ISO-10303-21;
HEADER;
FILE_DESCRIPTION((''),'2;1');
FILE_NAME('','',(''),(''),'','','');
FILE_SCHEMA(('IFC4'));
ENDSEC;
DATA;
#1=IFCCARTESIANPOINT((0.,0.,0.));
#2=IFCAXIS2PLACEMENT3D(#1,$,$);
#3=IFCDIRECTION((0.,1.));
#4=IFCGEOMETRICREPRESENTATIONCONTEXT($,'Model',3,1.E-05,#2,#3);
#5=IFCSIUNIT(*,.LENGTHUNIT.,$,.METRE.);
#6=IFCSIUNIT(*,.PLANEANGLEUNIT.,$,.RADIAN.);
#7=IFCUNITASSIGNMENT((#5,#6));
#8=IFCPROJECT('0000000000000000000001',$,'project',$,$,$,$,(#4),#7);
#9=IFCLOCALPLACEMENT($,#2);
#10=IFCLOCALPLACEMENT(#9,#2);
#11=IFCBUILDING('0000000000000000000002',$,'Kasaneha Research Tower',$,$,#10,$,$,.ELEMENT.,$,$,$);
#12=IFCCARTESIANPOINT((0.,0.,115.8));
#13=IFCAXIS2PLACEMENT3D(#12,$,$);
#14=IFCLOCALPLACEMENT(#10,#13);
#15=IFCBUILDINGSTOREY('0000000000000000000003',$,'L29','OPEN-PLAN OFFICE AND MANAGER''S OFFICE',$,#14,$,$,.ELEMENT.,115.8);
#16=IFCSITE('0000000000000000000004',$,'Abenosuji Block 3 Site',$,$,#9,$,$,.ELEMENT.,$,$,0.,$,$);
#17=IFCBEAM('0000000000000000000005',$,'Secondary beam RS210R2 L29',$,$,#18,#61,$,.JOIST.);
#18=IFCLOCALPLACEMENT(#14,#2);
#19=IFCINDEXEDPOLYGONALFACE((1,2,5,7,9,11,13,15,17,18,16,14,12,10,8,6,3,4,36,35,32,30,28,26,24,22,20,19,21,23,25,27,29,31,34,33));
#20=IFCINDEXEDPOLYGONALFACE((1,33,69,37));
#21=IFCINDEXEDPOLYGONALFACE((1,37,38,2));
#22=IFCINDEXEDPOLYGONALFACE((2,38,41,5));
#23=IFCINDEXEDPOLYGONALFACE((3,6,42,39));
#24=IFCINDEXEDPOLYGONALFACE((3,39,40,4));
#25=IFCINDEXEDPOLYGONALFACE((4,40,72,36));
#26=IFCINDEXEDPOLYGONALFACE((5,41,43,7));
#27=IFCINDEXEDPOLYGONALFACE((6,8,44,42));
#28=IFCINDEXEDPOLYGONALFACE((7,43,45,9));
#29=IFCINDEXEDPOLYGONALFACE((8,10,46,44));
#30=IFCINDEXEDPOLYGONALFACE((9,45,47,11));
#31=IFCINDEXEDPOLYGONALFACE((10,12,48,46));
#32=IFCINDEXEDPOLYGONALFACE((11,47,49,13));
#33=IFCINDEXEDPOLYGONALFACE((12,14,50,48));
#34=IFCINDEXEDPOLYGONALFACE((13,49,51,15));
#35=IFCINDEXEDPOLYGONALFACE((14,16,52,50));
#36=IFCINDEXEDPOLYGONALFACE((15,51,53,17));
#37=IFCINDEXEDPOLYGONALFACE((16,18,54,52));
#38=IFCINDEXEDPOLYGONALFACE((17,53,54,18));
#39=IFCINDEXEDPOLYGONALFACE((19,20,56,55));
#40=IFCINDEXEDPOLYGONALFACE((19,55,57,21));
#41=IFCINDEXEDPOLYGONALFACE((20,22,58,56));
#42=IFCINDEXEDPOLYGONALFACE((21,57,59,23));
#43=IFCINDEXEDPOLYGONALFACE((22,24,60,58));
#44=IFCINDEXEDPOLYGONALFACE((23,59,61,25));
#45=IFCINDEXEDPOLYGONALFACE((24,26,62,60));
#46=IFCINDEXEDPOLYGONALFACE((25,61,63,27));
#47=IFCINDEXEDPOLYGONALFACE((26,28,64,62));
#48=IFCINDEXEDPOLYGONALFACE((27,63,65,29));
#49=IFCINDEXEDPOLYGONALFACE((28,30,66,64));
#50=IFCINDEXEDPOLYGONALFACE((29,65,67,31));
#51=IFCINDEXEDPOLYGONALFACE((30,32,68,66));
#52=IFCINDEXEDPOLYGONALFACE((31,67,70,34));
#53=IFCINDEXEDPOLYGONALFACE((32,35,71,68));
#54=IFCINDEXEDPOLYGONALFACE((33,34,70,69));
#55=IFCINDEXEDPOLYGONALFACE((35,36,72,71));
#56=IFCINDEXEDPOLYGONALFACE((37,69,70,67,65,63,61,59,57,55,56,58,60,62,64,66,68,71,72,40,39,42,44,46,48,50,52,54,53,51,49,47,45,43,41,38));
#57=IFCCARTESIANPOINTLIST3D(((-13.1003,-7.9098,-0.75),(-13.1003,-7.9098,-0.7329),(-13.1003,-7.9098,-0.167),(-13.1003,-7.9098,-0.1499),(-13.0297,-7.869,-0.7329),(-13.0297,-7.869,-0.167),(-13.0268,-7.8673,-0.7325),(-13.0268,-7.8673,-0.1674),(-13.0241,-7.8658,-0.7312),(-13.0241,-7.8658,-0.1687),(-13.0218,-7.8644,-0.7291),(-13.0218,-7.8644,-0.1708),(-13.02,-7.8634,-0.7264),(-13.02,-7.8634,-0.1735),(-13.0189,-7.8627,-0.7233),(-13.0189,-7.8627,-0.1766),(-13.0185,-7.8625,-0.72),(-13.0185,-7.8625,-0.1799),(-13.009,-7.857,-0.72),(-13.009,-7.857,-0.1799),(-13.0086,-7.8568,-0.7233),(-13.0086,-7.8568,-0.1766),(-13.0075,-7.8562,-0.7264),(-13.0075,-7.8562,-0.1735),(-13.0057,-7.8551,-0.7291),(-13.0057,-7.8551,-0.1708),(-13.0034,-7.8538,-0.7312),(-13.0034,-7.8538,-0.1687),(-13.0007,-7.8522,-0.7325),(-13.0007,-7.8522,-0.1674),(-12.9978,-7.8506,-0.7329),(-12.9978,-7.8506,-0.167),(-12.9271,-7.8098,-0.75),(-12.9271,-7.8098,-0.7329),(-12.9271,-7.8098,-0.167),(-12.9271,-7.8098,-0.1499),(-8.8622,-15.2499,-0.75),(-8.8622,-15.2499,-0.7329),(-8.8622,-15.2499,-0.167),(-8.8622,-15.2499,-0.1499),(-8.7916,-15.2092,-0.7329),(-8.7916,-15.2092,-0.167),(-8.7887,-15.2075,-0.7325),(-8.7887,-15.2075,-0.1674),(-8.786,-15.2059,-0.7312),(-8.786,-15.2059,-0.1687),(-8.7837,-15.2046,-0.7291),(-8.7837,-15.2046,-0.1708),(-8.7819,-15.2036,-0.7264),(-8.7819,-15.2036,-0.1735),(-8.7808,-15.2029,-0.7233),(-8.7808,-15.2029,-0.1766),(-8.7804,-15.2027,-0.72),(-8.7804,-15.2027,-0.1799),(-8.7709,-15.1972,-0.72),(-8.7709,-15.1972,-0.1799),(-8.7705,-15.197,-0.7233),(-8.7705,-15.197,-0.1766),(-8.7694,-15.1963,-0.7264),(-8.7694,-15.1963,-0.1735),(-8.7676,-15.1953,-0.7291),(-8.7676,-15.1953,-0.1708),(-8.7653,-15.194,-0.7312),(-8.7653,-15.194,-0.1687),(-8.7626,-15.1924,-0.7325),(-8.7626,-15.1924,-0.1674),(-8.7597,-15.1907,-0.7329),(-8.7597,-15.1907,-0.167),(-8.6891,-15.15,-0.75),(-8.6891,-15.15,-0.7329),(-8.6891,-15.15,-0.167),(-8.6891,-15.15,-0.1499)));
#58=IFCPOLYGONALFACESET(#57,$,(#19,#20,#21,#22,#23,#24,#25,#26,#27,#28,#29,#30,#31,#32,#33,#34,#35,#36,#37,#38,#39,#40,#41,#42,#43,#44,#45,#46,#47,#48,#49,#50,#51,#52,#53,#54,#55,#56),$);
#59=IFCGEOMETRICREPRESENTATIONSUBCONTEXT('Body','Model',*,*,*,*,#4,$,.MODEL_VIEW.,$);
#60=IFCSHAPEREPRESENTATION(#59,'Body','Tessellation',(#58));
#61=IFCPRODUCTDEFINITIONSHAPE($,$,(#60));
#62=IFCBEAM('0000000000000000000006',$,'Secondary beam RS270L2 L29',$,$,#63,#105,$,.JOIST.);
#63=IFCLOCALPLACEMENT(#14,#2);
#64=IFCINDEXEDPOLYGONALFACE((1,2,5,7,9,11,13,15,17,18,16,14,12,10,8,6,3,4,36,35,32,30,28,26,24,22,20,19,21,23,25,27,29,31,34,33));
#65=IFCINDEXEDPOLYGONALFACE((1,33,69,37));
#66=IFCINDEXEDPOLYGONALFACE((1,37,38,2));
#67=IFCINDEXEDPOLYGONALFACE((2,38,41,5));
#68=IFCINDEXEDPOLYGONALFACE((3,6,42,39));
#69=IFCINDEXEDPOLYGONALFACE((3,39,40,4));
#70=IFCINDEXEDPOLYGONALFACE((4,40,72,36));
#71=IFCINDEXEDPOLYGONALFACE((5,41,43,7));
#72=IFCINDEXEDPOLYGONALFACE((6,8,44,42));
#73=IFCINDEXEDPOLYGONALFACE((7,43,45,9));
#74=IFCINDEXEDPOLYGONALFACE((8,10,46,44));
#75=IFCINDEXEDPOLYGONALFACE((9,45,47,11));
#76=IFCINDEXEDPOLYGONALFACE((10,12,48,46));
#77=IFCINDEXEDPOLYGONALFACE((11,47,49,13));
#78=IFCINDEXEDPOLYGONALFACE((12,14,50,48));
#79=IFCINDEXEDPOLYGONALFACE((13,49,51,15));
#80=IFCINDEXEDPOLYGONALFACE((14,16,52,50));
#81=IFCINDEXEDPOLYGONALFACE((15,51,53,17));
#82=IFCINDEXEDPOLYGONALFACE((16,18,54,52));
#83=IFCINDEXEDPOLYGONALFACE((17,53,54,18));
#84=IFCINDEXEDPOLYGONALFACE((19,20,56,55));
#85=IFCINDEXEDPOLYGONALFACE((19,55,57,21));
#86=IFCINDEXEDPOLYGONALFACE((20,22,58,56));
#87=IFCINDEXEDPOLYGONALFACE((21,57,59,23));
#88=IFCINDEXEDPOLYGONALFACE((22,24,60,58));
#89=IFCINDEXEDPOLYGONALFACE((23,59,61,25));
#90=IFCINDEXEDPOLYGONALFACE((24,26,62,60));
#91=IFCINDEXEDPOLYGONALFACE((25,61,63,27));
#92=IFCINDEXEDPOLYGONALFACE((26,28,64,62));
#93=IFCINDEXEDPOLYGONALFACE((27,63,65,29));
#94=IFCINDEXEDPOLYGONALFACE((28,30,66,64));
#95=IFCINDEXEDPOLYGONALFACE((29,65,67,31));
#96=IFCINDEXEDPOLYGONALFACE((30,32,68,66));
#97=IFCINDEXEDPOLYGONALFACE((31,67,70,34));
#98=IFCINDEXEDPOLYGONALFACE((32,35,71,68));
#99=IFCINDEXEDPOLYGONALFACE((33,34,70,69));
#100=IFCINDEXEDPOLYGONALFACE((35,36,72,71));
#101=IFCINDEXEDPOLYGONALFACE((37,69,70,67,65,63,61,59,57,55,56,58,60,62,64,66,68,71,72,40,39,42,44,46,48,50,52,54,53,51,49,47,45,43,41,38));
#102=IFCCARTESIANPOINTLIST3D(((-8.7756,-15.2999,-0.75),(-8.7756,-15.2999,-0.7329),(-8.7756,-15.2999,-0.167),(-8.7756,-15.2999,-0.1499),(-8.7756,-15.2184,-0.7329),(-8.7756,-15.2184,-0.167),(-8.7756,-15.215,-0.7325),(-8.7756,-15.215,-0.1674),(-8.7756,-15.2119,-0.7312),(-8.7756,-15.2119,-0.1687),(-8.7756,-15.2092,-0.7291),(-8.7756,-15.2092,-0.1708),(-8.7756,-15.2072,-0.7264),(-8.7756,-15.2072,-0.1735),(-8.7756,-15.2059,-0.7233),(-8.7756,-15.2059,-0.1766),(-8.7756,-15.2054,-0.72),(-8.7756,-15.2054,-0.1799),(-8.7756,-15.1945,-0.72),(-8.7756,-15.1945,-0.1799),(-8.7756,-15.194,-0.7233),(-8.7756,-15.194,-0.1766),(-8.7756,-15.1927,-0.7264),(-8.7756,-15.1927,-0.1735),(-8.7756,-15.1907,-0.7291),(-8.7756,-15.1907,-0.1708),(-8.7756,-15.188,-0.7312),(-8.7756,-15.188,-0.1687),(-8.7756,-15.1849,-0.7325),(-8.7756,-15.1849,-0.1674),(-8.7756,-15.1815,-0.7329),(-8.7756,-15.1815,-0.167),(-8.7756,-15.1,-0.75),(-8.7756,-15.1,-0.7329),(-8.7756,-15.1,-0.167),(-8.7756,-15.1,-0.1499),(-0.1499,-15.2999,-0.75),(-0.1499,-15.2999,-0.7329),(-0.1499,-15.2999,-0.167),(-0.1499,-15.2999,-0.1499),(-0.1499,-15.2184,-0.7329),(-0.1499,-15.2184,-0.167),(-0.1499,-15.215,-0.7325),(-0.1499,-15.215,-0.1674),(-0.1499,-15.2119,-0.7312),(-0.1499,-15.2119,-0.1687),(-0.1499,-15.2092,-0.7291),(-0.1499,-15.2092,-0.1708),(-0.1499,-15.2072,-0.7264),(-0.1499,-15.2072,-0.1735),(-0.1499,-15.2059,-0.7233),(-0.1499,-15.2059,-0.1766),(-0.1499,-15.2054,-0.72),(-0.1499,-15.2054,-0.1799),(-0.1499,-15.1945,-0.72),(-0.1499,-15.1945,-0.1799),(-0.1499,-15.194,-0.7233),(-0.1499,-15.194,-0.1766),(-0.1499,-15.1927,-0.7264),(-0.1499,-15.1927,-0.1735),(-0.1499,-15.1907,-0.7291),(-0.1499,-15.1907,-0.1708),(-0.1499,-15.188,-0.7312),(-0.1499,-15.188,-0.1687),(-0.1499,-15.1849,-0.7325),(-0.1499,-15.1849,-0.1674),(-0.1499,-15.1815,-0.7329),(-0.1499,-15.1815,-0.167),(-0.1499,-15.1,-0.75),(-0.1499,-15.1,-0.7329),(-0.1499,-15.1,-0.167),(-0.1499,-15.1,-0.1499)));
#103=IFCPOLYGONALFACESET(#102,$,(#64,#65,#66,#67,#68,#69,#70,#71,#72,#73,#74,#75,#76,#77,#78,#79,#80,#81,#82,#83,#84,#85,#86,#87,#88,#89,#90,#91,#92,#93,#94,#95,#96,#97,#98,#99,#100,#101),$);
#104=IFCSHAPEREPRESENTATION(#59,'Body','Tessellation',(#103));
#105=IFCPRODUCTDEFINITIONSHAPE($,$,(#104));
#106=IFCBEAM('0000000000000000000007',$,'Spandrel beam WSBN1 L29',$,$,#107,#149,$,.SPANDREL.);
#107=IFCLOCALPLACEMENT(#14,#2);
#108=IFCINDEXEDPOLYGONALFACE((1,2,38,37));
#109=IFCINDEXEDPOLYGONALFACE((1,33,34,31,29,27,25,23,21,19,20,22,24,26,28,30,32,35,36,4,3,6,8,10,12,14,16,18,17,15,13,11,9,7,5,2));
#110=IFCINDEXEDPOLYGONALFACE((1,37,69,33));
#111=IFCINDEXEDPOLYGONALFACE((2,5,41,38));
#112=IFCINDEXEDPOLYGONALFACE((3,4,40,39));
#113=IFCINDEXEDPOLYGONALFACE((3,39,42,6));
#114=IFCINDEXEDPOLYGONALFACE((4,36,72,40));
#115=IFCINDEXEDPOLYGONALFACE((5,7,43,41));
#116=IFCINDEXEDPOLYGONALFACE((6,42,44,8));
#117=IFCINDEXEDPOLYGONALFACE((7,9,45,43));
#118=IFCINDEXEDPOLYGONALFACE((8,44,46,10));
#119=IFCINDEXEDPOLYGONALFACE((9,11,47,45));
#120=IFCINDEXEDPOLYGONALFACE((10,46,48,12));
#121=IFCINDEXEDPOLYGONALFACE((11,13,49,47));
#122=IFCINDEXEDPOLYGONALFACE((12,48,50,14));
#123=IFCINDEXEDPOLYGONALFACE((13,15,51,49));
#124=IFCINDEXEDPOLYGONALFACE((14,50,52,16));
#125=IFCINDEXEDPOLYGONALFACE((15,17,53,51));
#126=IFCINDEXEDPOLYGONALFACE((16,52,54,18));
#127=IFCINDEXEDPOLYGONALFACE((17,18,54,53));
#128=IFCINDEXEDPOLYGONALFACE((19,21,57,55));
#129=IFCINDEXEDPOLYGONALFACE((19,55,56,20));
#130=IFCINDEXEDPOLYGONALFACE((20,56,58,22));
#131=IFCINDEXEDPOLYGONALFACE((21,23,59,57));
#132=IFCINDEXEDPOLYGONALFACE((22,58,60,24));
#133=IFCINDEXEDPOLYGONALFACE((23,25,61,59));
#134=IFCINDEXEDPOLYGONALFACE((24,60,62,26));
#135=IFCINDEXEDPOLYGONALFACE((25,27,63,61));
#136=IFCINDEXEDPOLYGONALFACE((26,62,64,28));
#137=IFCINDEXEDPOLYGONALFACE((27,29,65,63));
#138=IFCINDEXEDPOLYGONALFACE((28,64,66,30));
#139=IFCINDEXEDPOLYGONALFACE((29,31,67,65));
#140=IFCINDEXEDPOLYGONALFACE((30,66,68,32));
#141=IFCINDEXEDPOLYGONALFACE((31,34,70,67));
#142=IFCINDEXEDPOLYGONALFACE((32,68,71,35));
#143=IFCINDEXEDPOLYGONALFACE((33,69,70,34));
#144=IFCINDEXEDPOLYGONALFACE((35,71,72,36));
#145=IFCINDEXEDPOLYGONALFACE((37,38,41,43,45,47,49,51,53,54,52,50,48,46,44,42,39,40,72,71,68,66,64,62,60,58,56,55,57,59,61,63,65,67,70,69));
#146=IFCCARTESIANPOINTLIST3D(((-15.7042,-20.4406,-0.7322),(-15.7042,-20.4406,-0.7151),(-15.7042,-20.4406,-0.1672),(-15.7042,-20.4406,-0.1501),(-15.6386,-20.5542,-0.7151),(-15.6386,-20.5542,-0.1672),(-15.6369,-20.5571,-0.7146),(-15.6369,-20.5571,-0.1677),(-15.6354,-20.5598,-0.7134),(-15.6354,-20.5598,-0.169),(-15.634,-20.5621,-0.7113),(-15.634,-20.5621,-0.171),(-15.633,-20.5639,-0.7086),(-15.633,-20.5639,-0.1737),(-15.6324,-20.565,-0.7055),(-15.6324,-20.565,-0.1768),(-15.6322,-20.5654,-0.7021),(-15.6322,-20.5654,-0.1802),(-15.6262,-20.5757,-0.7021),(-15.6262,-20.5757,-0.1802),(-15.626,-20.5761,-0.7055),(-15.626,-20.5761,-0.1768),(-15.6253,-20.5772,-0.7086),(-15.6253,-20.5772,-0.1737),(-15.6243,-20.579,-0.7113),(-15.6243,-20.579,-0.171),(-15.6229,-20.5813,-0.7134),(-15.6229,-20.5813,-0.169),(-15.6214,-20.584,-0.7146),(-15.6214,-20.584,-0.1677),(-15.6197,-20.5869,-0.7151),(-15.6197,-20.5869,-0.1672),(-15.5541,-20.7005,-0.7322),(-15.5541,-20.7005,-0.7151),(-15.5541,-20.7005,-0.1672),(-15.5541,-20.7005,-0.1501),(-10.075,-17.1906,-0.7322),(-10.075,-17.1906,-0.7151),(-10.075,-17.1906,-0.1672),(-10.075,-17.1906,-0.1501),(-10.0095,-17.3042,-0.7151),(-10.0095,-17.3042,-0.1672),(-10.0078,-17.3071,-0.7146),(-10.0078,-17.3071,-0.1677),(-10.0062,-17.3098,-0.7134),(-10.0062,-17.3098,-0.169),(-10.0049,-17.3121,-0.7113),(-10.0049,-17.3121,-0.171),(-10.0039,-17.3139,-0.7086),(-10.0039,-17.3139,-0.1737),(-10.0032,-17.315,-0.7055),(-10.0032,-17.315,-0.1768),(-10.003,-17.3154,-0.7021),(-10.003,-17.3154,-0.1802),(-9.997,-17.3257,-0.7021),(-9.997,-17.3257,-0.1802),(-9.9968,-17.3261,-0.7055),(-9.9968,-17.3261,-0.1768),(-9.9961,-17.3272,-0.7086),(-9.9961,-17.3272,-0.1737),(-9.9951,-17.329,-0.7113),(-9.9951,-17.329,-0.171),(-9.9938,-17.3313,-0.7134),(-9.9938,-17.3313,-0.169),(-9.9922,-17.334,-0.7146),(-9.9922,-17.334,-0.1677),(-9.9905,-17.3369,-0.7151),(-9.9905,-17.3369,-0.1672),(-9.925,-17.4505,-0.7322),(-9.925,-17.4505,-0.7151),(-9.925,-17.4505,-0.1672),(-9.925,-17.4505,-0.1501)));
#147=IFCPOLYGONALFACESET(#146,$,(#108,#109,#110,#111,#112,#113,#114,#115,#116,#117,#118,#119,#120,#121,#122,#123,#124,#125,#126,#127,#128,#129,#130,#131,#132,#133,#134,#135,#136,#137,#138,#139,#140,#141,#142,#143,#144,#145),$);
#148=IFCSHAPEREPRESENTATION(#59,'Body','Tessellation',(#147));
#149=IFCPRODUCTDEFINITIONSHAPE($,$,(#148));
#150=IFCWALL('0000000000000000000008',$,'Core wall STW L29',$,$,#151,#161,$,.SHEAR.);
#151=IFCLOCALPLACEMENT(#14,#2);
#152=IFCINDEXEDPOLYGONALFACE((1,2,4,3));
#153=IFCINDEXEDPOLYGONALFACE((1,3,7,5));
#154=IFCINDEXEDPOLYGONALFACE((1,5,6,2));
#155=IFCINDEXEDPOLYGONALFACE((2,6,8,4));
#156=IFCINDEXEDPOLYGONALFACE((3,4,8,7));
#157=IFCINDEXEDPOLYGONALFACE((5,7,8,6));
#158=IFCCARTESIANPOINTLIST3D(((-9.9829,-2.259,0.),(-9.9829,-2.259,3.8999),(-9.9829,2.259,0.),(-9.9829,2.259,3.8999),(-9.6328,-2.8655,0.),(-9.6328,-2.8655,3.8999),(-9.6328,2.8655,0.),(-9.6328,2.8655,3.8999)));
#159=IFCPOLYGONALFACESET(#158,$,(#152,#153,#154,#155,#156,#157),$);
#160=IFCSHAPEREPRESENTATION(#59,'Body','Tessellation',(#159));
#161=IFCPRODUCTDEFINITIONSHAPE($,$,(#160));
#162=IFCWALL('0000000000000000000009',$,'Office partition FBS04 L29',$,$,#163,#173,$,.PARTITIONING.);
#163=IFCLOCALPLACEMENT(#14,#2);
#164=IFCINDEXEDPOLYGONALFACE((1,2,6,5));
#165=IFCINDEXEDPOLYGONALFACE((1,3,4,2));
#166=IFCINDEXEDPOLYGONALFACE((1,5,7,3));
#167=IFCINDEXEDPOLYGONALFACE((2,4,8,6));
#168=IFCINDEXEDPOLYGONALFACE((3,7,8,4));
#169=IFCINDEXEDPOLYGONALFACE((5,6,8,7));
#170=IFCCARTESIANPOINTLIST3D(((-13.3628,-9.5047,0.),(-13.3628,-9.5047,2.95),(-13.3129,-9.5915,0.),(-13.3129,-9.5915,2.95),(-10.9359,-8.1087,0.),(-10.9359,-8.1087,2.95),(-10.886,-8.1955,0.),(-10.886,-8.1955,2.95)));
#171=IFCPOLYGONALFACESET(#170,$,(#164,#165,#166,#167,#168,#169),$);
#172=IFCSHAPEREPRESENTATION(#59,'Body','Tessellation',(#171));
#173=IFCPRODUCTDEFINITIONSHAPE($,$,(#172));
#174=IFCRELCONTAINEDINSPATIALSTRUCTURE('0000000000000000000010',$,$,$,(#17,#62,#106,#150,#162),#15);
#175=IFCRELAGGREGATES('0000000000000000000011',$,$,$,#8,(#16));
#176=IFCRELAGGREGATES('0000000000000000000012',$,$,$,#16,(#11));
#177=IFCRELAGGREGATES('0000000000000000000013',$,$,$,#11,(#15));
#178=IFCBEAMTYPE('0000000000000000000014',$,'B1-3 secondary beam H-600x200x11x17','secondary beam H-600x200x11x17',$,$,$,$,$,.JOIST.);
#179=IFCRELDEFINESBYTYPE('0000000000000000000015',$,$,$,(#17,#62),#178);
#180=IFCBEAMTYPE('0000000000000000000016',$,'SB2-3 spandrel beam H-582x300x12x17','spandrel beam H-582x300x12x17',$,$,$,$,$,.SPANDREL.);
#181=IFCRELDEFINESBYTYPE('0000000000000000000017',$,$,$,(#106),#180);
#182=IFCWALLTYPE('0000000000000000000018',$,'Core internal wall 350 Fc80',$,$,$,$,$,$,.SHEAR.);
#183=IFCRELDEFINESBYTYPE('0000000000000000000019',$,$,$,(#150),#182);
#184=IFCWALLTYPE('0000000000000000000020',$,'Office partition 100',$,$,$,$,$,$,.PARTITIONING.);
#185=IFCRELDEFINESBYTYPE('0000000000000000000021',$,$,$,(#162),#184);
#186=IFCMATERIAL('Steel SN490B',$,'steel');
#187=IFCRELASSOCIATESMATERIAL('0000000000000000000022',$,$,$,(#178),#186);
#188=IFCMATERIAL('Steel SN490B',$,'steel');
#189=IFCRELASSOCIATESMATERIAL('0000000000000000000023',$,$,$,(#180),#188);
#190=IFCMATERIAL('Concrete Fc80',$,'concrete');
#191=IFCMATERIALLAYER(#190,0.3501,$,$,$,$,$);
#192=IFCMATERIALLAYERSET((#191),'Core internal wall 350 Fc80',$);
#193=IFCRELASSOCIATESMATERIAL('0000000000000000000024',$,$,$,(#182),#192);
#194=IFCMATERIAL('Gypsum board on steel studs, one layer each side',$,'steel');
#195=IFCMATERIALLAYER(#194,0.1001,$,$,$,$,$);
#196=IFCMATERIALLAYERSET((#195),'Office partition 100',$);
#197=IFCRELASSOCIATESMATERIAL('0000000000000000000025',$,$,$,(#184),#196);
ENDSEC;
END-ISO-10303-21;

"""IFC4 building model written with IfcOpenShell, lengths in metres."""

from ifc_helpers import new_model, si_unit, direction, frame, frame_2d, origin, origin_2d, place, context, subcontext, project, spatial, polyline, rectangle, i_section, outline, extrude, material, layer, layer_set, material_profile, profile_set, type_object, element, save


model = new_model("IFC4")

# Units and contexts
model_context = context("Model", 3, precision=1e-05, world=origin(), true_north=direction((0.0, 1.0)))
body_context = subcontext(model_context, "Body", "Model", "MODEL_VIEW")
ifc_project = project(units=[si_unit("LENGTHUNIT", "METRE"), si_unit("PLANEANGLEUNIT", "RADIAN")], contexts=[model_context])

# Site, building, storey
site_placement = place(None, origin())
site = spatial("IfcSite", under=ifc_project, at=site_placement, Name="Abenosuji Block 3 Site", CompositionType="ELEMENT", RefElevation=0.0)
building_placement = place(site_placement, origin())
building = spatial("IfcBuilding", under=site, at=building_placement, Name="Kasaneha Research Tower", CompositionType="ELEMENT")
storey_placement = place(building_placement, frame((0.0, 0.0, 115.8)))
storey = spatial("IfcBuildingStorey", under=building, at=storey_placement, Name="L29", Description="OPEN-PLAN OFFICE AND MANAGER'S OFFICE", CompositionType="ELEMENT", Elevation=115.8)

# Beams
ifc_material_1 = material(Name="Steel SN490B", Category="steel")
ifc_material_profile_1 = material_profile(ifc_material_1, i_section(OverallWidth=0.2, OverallDepth=0.6001, WebThickness=0.011, FlangeThickness=0.0171, FilletRadius=0.0129, at=origin_2d()), Name="H-600x200x11x17")
ifc_profile_set_1 = profile_set([ifc_material_profile_1], Name="Steel SN490B")
beam_type_1 = type_object("IfcBeamType", Name="B1-3 secondary beam H-600x200x11x17", Description="secondary beam H-600x200x11x17", PredefinedType="JOIST", material=ifc_profile_set_1)
beam_1_placement = place(storey_placement, frame((-8.7756, -15.2, -0.45), z_axis=(-0.500021, 0.866013, 0.0), x_axis=(-0.866013, -0.500021, 0.0)))
element("IfcBeam", 1, at=beam_1_placement, inside=storey, type_object=beam_type_1, Name="Secondary beam RS210R2 L29", PredefinedType="JOIST", context=body_context, shape_type="SweptSolid", body=[
    extrude(i_section(OverallWidth=0.2, OverallDepth=0.6001, WebThickness=0.011, FlangeThickness=0.0171, FilletRadius=0.0129, at=origin_2d()), origin(), (0.0, 0.0, 1.0), 8.4758),
])
beam_2_placement = place(storey_placement, frame((-8.7756, -15.2, -0.45), z_axis=(1.0, 0.0, 0.0), x_axis=(0.0, 1.0, 0.0)))
element("IfcBeam", 2, at=beam_2_placement, inside=storey, type_object=beam_type_1, Name="Secondary beam RS270L2 L29", PredefinedType="JOIST", context=body_context, shape_type="SweptSolid", body=[
    extrude(i_section(OverallWidth=0.2, OverallDepth=0.6001, WebThickness=0.011, FlangeThickness=0.0171, FilletRadius=0.0129, at=origin_2d()), origin(), (0.0, 0.0, 1.0), 8.6257),
])
ifc_material_2 = material(Name="Steel SN490B", Category="steel")
ifc_material_profile_2 = material_profile(ifc_material_2, i_section(OverallWidth=0.3, OverallDepth=0.582, WebThickness=0.012, FlangeThickness=0.0171, FilletRadius=0.0129, at=origin_2d()), Name="H-582x300x12x17")
ifc_profile_set_2 = profile_set([ifc_material_profile_2], Name="Steel SN490B")
beam_type_2 = type_object("IfcBeamType", Name="SB2-3 spandrel beam H-582x300x12x17", Description="spandrel beam H-582x300x12x17", PredefinedType="SPANDREL", material=ifc_profile_set_2)
beam_3_placement = place(storey_placement, frame((-10.0, -17.3206, -0.4412), z_axis=(-0.866025, -0.500001, 0.0), x_axis=(0.500001, -0.866025, 0.0)))
element("IfcBeam", 3, at=beam_3_placement, inside=storey, type_object=beam_type_2, Name="Spandrel beam WSBN1 L29", PredefinedType="SPANDREL", context=body_context, shape_type="SweptSolid", body=[
    extrude(i_section(OverallWidth=0.3, OverallDepth=0.582, WebThickness=0.012, FlangeThickness=0.0171, FilletRadius=0.0129, at=origin_2d()), origin(), (0.0, 0.0, 1.0), 6.5),
])

# Shared definitions
ifc_material_3 = material(Name="Concrete Fc80", Category="concrete")
ifc_layer_1 = layer(ifc_material_3, 0.3501)
ifc_layer_set_1 = layer_set([ifc_layer_1], Name="Core internal wall 350 Fc80")
wall_type_1 = type_object("IfcWallType", Name="Core internal wall 350 Fc80", PredefinedType="SHEAR", material=ifc_layer_set_1)

# Walls
wall_1_placement = place(storey_placement, frame((-9.8079, -2.5623, 0.0), z_axis=(0.0, 0.0, 1.0), x_axis=(0.0, 1.0, 0.0)))
element("IfcWall", 4, at=wall_1_placement, inside=storey, type_object=wall_type_1, Name="Core wall STW L29", PredefinedType="SHEAR", context=body_context, shape_type="SweptSolid", body=[
    extrude(outline(polyline([(-0.3032, -0.175), (5.4277, -0.175), (4.8213, 0.175), (0.3032, 0.175), (-0.3032, -0.175)])), origin(), (0.0, 0.0, 1.0), 3.8999),
])
ifc_material_4 = material(Name="Gypsum board on steel studs, one layer each side", Category="steel")
ifc_layer_2 = layer(ifc_material_4, 0.1001)
ifc_layer_set_2 = layer_set([ifc_layer_2], Name="Office partition 100")
wall_type_2 = type_object("IfcWallType", Name="Office partition 100", PredefinedType="PARTITIONING", material=ifc_layer_set_2)
wall_2_placement = place(storey_placement, frame((-13.3379, -9.5481, 0.0), z_axis=(0.0, 0.0, 1.0), x_axis=(0.866834, 0.498597, 0.0)))
element("IfcWall", 5, at=wall_2_placement, inside=storey, type_object=wall_type_2, Name="Office partition FBS04 L29", PredefinedType="PARTITIONING", context=body_context, shape_type="SweptSolid", body=[
    extrude(rectangle(XDim=2.7998, YDim=0.1001, at=frame_2d((1.3999, 0.0))), origin(), (0.0, 0.0, 1.0), 2.95),
])

save(model, "model.ifc")
